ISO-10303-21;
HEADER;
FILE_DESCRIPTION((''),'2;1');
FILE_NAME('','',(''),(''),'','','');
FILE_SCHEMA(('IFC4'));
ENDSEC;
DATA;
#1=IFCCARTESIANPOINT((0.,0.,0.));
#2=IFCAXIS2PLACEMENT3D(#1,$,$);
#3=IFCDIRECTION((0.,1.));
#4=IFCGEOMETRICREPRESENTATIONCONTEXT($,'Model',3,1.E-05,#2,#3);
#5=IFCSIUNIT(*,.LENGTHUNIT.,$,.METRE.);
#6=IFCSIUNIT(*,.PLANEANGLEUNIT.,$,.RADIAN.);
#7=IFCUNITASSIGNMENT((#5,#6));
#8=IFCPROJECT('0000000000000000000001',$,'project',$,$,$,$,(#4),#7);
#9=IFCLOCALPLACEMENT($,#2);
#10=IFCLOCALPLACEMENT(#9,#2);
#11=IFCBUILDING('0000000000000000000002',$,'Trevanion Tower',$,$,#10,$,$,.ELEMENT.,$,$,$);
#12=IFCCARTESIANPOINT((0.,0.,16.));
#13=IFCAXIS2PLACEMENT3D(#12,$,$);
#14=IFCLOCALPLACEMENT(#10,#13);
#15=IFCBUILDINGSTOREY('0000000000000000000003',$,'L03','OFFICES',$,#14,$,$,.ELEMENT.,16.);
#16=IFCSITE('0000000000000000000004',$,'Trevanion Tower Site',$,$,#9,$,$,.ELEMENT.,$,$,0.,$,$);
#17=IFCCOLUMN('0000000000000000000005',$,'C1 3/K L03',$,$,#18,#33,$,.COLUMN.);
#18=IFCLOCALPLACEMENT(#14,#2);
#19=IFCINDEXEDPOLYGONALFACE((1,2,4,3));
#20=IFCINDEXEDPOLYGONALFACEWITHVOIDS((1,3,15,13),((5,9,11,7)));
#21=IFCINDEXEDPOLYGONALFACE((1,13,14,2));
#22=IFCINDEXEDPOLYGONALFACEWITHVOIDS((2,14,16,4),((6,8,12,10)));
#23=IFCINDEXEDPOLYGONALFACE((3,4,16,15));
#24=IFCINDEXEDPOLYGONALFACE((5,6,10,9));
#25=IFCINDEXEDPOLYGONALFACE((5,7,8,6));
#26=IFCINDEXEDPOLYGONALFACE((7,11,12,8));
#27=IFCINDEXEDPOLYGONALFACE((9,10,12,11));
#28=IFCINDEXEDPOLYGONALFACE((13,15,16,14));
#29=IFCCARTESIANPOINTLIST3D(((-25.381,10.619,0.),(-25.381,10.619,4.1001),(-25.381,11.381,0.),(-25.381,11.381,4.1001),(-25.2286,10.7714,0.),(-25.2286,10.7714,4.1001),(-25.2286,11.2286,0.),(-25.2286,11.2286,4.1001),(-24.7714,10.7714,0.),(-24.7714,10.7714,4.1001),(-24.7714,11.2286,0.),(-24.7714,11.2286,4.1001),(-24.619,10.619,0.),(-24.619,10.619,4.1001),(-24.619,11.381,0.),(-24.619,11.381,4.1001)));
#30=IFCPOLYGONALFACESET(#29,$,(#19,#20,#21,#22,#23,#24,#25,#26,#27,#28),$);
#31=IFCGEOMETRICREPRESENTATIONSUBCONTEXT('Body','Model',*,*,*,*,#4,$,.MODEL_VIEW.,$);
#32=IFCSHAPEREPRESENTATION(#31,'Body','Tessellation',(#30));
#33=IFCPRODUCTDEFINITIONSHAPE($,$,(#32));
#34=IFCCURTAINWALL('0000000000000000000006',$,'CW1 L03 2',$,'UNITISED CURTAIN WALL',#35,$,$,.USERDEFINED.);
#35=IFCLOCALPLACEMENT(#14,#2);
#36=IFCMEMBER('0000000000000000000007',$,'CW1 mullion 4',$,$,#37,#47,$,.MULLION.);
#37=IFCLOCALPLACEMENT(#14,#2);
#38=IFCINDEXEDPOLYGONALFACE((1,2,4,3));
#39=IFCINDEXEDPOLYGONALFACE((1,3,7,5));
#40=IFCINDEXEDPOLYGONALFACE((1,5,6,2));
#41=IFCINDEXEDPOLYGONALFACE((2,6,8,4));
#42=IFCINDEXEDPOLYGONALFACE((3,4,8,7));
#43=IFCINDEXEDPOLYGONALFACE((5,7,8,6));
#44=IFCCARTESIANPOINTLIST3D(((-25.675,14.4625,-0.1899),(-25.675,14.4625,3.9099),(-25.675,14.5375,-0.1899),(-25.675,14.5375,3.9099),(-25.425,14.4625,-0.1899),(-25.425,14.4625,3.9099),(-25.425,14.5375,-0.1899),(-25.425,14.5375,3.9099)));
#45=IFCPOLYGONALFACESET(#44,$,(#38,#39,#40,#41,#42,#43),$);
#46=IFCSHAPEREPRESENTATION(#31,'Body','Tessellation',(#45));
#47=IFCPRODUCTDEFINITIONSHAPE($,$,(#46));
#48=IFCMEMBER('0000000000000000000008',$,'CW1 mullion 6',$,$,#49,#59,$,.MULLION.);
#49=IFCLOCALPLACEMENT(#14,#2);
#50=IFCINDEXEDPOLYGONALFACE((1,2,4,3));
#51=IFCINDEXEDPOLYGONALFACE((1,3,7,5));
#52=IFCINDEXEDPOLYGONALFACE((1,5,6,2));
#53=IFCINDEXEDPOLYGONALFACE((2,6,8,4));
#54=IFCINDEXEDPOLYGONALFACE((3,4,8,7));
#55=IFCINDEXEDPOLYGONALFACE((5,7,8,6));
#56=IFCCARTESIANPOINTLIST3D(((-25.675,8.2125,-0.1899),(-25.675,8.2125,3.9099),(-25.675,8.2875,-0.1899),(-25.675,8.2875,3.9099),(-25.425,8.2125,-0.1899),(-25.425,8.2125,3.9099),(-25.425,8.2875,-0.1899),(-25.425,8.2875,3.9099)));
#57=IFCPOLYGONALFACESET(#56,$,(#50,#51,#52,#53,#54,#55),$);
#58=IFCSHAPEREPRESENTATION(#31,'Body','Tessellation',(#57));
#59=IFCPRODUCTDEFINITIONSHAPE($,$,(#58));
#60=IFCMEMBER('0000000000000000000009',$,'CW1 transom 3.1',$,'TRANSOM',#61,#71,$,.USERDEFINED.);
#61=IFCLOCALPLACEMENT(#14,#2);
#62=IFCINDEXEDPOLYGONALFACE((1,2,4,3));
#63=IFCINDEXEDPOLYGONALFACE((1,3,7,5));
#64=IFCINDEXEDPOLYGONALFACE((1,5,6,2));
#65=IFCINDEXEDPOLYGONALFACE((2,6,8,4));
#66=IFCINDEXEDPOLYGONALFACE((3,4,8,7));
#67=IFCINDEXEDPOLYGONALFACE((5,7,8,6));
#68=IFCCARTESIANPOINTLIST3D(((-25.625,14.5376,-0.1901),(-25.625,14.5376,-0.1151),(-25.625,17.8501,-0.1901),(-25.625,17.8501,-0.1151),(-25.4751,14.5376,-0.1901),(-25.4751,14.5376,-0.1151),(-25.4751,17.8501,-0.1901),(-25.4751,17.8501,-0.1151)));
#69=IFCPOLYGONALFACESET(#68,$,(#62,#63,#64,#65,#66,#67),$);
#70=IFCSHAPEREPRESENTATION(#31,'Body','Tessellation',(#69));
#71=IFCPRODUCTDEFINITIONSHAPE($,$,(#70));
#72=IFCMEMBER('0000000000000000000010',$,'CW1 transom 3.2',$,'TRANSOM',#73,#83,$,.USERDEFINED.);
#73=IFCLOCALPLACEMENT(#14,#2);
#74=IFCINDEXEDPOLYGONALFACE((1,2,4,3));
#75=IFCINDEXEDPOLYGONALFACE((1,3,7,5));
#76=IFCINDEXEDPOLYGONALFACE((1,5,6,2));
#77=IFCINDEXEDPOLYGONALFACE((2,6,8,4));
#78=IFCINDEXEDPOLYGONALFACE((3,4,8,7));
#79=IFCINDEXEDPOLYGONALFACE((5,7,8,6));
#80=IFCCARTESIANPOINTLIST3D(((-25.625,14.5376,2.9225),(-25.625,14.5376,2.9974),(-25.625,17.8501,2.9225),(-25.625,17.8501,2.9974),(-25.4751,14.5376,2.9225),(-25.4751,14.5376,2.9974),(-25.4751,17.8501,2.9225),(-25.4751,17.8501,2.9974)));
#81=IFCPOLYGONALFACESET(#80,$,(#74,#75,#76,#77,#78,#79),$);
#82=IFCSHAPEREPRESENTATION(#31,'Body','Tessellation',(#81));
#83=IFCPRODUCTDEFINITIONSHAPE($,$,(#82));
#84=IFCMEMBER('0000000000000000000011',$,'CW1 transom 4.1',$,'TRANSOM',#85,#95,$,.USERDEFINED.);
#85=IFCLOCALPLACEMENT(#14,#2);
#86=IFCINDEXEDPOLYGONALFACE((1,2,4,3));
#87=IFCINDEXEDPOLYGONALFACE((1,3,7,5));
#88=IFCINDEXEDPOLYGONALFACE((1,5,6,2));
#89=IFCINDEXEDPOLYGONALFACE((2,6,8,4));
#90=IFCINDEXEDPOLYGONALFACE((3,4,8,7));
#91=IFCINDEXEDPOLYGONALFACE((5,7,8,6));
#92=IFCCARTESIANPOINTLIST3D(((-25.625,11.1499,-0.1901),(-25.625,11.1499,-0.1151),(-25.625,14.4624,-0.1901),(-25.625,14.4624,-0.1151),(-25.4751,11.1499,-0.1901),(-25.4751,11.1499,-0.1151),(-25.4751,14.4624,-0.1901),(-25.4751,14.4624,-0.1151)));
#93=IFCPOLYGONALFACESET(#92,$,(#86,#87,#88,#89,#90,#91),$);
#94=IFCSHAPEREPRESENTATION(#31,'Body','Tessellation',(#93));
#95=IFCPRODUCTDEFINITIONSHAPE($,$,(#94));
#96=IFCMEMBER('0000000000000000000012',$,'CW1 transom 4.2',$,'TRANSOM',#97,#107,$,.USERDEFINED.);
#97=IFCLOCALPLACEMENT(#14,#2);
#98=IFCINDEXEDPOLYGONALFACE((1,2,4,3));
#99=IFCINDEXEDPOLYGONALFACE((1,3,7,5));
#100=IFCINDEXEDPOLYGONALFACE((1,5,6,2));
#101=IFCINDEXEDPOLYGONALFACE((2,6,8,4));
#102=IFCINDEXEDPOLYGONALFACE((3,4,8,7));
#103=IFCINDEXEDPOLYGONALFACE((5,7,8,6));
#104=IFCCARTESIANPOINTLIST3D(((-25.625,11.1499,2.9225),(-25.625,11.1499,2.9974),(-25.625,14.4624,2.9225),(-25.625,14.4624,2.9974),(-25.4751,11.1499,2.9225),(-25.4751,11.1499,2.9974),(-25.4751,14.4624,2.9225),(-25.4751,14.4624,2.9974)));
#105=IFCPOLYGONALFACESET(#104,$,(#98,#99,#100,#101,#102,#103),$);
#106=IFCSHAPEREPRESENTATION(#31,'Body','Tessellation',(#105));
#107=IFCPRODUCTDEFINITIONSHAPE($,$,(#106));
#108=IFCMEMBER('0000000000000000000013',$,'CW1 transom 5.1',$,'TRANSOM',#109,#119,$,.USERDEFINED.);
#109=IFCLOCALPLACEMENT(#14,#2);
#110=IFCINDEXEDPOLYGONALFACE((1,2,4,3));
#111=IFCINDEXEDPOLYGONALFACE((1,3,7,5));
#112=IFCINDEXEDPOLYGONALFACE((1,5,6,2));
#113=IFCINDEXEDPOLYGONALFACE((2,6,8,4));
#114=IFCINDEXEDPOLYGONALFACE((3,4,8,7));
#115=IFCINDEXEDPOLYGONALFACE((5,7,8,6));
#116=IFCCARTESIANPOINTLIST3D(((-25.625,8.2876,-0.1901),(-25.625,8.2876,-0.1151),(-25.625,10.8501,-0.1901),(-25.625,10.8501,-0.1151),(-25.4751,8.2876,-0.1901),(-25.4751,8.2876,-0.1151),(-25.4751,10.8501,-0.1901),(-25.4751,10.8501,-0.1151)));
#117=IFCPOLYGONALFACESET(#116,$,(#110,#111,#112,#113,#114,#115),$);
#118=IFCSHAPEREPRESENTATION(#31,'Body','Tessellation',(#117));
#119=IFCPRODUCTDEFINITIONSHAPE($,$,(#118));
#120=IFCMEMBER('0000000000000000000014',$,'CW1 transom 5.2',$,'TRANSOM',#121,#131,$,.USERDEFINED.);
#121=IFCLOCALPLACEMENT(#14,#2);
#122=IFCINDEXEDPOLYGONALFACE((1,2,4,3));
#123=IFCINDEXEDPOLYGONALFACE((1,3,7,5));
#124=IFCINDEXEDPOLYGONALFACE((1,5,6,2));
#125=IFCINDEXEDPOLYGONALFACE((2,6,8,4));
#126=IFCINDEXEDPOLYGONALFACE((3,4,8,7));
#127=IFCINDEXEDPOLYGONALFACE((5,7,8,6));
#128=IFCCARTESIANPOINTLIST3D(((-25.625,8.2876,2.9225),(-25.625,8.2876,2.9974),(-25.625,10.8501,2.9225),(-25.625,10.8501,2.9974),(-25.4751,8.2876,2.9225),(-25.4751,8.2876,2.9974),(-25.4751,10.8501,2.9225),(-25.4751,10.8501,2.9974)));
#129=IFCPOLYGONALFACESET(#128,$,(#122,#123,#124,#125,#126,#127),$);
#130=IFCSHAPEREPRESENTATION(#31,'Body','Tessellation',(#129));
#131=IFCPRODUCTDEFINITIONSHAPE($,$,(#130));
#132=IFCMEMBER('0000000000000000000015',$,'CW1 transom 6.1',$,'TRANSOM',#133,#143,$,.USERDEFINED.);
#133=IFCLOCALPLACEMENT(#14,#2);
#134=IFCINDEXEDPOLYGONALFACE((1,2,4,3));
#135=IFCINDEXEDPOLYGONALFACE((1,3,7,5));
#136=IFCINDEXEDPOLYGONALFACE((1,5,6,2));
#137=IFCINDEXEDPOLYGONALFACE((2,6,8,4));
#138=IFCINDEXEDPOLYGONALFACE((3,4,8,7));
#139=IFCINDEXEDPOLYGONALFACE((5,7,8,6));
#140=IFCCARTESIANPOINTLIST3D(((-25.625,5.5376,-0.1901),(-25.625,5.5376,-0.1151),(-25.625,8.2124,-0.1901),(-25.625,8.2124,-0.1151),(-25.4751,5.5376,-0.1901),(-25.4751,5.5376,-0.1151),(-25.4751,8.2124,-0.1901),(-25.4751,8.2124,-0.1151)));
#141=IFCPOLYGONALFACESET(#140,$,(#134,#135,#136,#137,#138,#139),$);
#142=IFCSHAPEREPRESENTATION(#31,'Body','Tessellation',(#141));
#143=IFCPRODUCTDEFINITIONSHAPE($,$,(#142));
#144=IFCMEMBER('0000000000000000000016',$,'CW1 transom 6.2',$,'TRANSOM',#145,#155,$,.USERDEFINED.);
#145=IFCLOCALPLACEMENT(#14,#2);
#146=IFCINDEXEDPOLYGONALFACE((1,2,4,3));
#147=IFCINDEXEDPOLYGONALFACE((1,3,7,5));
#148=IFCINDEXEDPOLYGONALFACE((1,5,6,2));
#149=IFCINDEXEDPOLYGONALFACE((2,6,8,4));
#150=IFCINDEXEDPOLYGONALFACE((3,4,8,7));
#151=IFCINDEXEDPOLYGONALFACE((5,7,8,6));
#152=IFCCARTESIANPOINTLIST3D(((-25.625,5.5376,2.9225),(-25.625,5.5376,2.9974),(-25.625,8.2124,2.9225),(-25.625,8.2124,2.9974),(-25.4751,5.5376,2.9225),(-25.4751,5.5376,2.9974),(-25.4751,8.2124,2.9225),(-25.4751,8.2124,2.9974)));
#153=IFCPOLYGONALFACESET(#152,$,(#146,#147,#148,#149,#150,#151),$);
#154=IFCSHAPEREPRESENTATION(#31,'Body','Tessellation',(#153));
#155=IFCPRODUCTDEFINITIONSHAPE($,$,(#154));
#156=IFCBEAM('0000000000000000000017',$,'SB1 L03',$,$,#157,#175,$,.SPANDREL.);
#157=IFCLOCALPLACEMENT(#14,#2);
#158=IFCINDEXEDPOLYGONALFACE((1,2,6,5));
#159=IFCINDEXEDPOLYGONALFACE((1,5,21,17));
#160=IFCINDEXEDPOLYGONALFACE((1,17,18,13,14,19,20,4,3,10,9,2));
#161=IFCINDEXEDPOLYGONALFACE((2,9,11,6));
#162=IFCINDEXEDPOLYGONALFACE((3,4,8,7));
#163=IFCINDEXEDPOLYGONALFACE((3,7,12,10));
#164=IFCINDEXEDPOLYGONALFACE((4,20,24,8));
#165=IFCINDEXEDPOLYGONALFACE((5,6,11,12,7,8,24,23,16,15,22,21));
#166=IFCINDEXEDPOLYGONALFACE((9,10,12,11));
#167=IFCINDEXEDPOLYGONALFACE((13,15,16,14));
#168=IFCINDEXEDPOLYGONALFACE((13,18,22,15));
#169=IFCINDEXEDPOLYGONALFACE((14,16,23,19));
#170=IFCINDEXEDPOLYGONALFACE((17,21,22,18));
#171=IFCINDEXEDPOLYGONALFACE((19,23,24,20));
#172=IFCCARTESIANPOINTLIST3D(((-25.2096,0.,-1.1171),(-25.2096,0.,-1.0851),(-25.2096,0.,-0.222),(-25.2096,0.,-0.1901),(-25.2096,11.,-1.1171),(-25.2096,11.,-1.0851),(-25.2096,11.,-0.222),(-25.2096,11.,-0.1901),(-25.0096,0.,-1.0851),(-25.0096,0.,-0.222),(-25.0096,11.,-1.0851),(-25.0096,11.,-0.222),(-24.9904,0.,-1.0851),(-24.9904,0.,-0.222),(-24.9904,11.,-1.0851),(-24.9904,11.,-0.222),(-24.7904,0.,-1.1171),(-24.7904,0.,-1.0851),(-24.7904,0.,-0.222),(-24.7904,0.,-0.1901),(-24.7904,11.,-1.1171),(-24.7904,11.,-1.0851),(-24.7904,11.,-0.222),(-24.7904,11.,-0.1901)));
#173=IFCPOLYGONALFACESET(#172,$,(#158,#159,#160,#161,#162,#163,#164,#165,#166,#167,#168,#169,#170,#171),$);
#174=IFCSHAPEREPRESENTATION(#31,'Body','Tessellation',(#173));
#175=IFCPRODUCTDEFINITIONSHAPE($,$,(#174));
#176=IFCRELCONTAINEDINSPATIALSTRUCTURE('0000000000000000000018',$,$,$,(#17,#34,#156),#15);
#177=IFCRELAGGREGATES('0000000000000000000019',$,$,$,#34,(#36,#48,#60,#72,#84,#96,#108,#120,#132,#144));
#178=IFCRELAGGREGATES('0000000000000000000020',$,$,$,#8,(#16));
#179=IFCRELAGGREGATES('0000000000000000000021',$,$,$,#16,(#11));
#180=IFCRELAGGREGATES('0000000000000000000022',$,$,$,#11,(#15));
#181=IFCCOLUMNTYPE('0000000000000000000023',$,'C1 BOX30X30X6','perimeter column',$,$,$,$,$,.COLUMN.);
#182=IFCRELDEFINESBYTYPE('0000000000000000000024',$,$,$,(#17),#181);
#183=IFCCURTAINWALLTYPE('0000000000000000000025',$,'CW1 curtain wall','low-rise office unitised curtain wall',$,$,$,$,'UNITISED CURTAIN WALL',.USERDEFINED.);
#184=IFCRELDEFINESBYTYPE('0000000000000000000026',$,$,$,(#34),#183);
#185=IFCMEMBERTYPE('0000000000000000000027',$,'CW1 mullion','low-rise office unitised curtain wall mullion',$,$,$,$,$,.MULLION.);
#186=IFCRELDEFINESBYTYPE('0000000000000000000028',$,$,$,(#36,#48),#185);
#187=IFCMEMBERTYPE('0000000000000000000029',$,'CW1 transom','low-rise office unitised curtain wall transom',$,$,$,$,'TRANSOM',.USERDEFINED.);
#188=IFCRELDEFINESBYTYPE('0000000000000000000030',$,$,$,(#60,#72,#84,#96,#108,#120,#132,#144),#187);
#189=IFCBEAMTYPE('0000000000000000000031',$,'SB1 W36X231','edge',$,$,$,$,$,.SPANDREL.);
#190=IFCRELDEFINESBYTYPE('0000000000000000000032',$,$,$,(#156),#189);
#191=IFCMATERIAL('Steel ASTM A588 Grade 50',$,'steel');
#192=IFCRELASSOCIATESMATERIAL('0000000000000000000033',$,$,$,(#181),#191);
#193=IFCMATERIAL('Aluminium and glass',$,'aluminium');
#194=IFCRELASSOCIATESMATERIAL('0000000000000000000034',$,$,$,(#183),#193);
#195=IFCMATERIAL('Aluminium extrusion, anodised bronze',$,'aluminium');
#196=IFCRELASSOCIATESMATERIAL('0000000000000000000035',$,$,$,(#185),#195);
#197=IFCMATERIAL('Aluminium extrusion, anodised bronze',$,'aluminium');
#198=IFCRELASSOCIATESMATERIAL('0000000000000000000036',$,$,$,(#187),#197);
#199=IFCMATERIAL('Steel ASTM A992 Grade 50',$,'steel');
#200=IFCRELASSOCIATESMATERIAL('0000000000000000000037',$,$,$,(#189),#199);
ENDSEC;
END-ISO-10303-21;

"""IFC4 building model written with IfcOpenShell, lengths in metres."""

from ifc_helpers import new_model, si_unit, direction, frame, origin, origin_2d, place, context, subcontext, project, spatial, rectangle, hollow_rectangle, i_section, extrude, material, material_profile, profile_set, type_object, element, aggregate, save


model = new_model("IFC4")

# Units and contexts
model_context = context("Model", 3, precision=1e-05, world=origin(), true_north=direction((0.0, 1.0)))
body_context = subcontext(model_context, "Body", "Model", "MODEL_VIEW")
ifc_project = project(units=[si_unit("LENGTHUNIT", "METRE"), si_unit("PLANEANGLEUNIT", "RADIAN")], contexts=[model_context])

# Site, building, storey
site_placement = place(None, origin())
site = spatial("IfcSite", under=ifc_project, at=site_placement, Name="Trevanion Tower Site", CompositionType="ELEMENT", RefElevation=0.0)
building_placement = place(site_placement, origin())
building = spatial("IfcBuilding", under=site, at=building_placement, Name="Trevanion Tower", CompositionType="ELEMENT")
storey_placement = place(building_placement, frame((0.0, 0.0, 16.0)))
storey = spatial("IfcBuildingStorey", under=building, at=storey_placement, Name="L03", Description="OFFICES", CompositionType="ELEMENT", Elevation=16.0)

# Column
ifc_material_1 = material(Name="Steel ASTM A588 Grade 50", Category="steel")
ifc_material_profile_1 = material_profile(ifc_material_1, hollow_rectangle(XDim=0.762, YDim=0.762, WallThickness=0.1523, at=origin_2d()), Name="BOX30X30X6")
ifc_profile_set_1 = profile_set([ifc_material_profile_1], Name="Steel ASTM A588 Grade 50")
column_type = type_object("IfcColumnType", Name="C1 BOX30X30X6", Description="perimeter column", PredefinedType="COLUMN", material=ifc_profile_set_1)
column_placement = place(storey_placement, frame((-25.0, 11.0, 0.0), z_axis=(0.0, 0.0, 1.0), x_axis=(0.0, 1.0, 0.0)))
element("IfcColumn", 1, at=column_placement, inside=storey, type_object=column_type, Name="C1 3/K L03", PredefinedType="COLUMN", context=body_context, shape_type="SweptSolid", body=[
    extrude(hollow_rectangle(XDim=0.762, YDim=0.762, WallThickness=0.1523, at=origin_2d()), origin(), (0.0, 0.0, 1.0), 4.1001),
])

# Curtain wall, members
ifc_material_2 = material(Name="Aluminium and glass", Category="aluminium")
curtain_wall_type = type_object("IfcCurtainWallType", Name="CW1 curtain wall", Description="low-rise office unitised curtain wall", ElementType="UNITISED CURTAIN WALL", PredefinedType="USERDEFINED", material=ifc_material_2)
curtain_wall_placement = place(storey_placement, origin())
curtain_wall = element("IfcCurtainWall", 2, at=curtain_wall_placement, inside=storey, type_object=curtain_wall_type, Name="CW1 L03 2", ObjectType="UNITISED CURTAIN WALL", PredefinedType="USERDEFINED")
ifc_material_3 = material(Name="Aluminium extrusion, anodised bronze", Category="aluminium")
ifc_material_profile_2 = material_profile(ifc_material_3, rectangle(XDim=0.075, YDim=0.25, at=origin_2d()), Name="CW1 mullion")
ifc_profile_set_2 = profile_set([ifc_material_profile_2], Name="Aluminium extrusion, anodised bronze")
member_type_1 = type_object("IfcMemberType", Name="CW1 mullion", Description="low-rise office unitised curtain wall mullion", PredefinedType="MULLION", material=ifc_profile_set_2)
member_1_placement = place(storey_placement, frame((-25.55, 14.5, -0.1899), z_axis=(0.0, 0.0, 1.0), x_axis=(0.0, -1.0, 0.0)))
member_1 = element("IfcMember", 3, at=member_1_placement, type_object=member_type_1, Name="CW1 mullion 4", PredefinedType="MULLION", context=body_context, shape_type="SweptSolid", body=[
    extrude(rectangle(XDim=0.075, YDim=0.25, at=origin_2d()), origin(), (0.0, 0.0, 1.0), 4.0999),
])
member_2_placement = place(storey_placement, frame((-25.55, 8.25, -0.1899), z_axis=(0.0, 0.0, 1.0), x_axis=(0.0, -1.0, 0.0)))
member_2 = element("IfcMember", 4, at=member_2_placement, type_object=member_type_1, Name="CW1 mullion 6", PredefinedType="MULLION", context=body_context, shape_type="SweptSolid", body=[
    extrude(rectangle(XDim=0.075, YDim=0.25, at=origin_2d()), origin(), (0.0, 0.0, 1.0), 4.0999),
])
ifc_material_4 = material(Name="Aluminium extrusion, anodised bronze", Category="aluminium")
ifc_material_profile_3 = material_profile(ifc_material_4, rectangle(XDim=0.1499, YDim=0.075, at=origin_2d()), Name="CW1 transom")
ifc_profile_set_3 = profile_set([ifc_material_profile_3], Name="Aluminium extrusion, anodised bronze")
member_type_2 = type_object("IfcMemberType", Name="CW1 transom", Description="low-rise office unitised curtain wall transom", ElementType="TRANSOM", PredefinedType="USERDEFINED", material=ifc_profile_set_3)
member_3_placement = place(storey_placement, frame((-25.55, 17.8501, -0.1526), z_axis=(0.0, -1.0, 0.0), x_axis=(1.0, 0.0, 0.0)))
member_3 = element("IfcMember", 5, at=member_3_placement, type_object=member_type_2, Name="CW1 transom 3.1", ObjectType="TRANSOM", PredefinedType="USERDEFINED", context=body_context, shape_type="SweptSolid", body=[
    extrude(rectangle(XDim=0.1499, YDim=0.075, at=origin_2d()), origin(), (0.0, 0.0, 1.0), 3.3125),
])
member_4_placement = place(storey_placement, frame((-25.55, 17.8501, 2.96), z_axis=(0.0, -1.0, 0.0), x_axis=(1.0, 0.0, 0.0)))
member_4 = element("IfcMember", 6, at=member_4_placement, type_object=member_type_2, Name="CW1 transom 3.2", ObjectType="TRANSOM", PredefinedType="USERDEFINED", context=body_context, shape_type="SweptSolid", body=[
    extrude(rectangle(XDim=0.1499, YDim=0.075, at=origin_2d()), origin(), (0.0, 0.0, 1.0), 3.3125),
])
member_5_placement = place(storey_placement, frame((-25.55, 14.4624, -0.1526), z_axis=(0.0, -1.0, 0.0), x_axis=(1.0, 0.0, 0.0)))
member_5 = element("IfcMember", 7, at=member_5_placement, type_object=member_type_2, Name="CW1 transom 4.1", ObjectType="TRANSOM", PredefinedType="USERDEFINED", context=body_context, shape_type="SweptSolid", body=[
    extrude(rectangle(XDim=0.1499, YDim=0.075, at=origin_2d()), origin(), (0.0, 0.0, 1.0), 3.3125),
])
member_6_placement = place(storey_placement, frame((-25.55, 14.4624, 2.96), z_axis=(0.0, -1.0, 0.0), x_axis=(1.0, 0.0, 0.0)))
member_6 = element("IfcMember", 8, at=member_6_placement, type_object=member_type_2, Name="CW1 transom 4.2", ObjectType="TRANSOM", PredefinedType="USERDEFINED", context=body_context, shape_type="SweptSolid", body=[
    extrude(rectangle(XDim=0.1499, YDim=0.075, at=origin_2d()), origin(), (0.0, 0.0, 1.0), 3.3125),
])
member_7_placement = place(storey_placement, frame((-25.55, 10.8501, -0.1526), z_axis=(0.0, -1.0, 0.0), x_axis=(1.0, 0.0, 0.0)))
member_7 = element("IfcMember", 9, at=member_7_placement, type_object=member_type_2, Name="CW1 transom 5.1", ObjectType="TRANSOM", PredefinedType="USERDEFINED", context=body_context, shape_type="SweptSolid", body=[
    extrude(rectangle(XDim=0.1499, YDim=0.075, at=origin_2d()), origin(), (0.0, 0.0, 1.0), 2.5625),
])
member_8_placement = place(storey_placement, frame((-25.55, 10.8501, 2.96), z_axis=(0.0, -1.0, 0.0), x_axis=(1.0, 0.0, 0.0)))
member_8 = element("IfcMember", 10, at=member_8_placement, type_object=member_type_2, Name="CW1 transom 5.2", ObjectType="TRANSOM", PredefinedType="USERDEFINED", context=body_context, shape_type="SweptSolid", body=[
    extrude(rectangle(XDim=0.1499, YDim=0.075, at=origin_2d()), origin(), (0.0, 0.0, 1.0), 2.5625),
])
member_9_placement = place(storey_placement, frame((-25.55, 8.2124, -0.1526), z_axis=(0.0, -1.0, 0.0), x_axis=(1.0, 0.0, 0.0)))
member_9 = element("IfcMember", 11, at=member_9_placement, type_object=member_type_2, Name="CW1 transom 6.1", ObjectType="TRANSOM", PredefinedType="USERDEFINED", context=body_context, shape_type="SweptSolid", body=[
    extrude(rectangle(XDim=0.1499, YDim=0.075, at=origin_2d()), origin(), (0.0, 0.0, 1.0), 2.6748),
])
member_10_placement = place(storey_placement, frame((-25.55, 8.2124, 2.96), z_axis=(0.0, -1.0, 0.0), x_axis=(1.0, 0.0, 0.0)))
member_10 = element("IfcMember", 12, at=member_10_placement, type_object=member_type_2, Name="CW1 transom 6.2", ObjectType="TRANSOM", PredefinedType="USERDEFINED", context=body_context, shape_type="SweptSolid", body=[
    extrude(rectangle(XDim=0.1499, YDim=0.075, at=origin_2d()), origin(), (0.0, 0.0, 1.0), 2.6748),
])

# Beam
ifc_material_5 = material(Name="Steel ASTM A992 Grade 50", Category="steel")
ifc_material_profile_4 = material_profile(ifc_material_5, i_section(OverallWidth=0.4192, OverallDepth=0.927, WebThickness=0.0193, FlangeThickness=0.032, at=origin_2d()), Name="W36X231")
ifc_profile_set_4 = profile_set([ifc_material_profile_4], Name="Steel ASTM A992 Grade 50")
beam_type_1 = type_object("IfcBeamType", Name="SB1 W36X231", Description="edge", PredefinedType="SPANDREL", material=ifc_profile_set_4)
beam_1_placement = place(storey_placement, frame((-25.0, 11.0, -0.6536), z_axis=(0.0, -1.0, 0.0), x_axis=(1.0, 0.0, 0.0)))
element("IfcBeam", 13, at=beam_1_placement, inside=storey, type_object=beam_type_1, Name="SB1 L03", PredefinedType="SPANDREL", context=body_context, shape_type="SweptSolid", body=[
    extrude(i_section(OverallWidth=0.4192, OverallDepth=0.927, WebThickness=0.0193, FlangeThickness=0.032, at=origin_2d()), origin(), (0.0, 0.0, 1.0), 11.0),
])

aggregate(curtain_wall, [member_1, member_2, member_3, member_4, member_5, member_6, member_7, member_8, member_9, member_10])

save(model, "model.ifc")
